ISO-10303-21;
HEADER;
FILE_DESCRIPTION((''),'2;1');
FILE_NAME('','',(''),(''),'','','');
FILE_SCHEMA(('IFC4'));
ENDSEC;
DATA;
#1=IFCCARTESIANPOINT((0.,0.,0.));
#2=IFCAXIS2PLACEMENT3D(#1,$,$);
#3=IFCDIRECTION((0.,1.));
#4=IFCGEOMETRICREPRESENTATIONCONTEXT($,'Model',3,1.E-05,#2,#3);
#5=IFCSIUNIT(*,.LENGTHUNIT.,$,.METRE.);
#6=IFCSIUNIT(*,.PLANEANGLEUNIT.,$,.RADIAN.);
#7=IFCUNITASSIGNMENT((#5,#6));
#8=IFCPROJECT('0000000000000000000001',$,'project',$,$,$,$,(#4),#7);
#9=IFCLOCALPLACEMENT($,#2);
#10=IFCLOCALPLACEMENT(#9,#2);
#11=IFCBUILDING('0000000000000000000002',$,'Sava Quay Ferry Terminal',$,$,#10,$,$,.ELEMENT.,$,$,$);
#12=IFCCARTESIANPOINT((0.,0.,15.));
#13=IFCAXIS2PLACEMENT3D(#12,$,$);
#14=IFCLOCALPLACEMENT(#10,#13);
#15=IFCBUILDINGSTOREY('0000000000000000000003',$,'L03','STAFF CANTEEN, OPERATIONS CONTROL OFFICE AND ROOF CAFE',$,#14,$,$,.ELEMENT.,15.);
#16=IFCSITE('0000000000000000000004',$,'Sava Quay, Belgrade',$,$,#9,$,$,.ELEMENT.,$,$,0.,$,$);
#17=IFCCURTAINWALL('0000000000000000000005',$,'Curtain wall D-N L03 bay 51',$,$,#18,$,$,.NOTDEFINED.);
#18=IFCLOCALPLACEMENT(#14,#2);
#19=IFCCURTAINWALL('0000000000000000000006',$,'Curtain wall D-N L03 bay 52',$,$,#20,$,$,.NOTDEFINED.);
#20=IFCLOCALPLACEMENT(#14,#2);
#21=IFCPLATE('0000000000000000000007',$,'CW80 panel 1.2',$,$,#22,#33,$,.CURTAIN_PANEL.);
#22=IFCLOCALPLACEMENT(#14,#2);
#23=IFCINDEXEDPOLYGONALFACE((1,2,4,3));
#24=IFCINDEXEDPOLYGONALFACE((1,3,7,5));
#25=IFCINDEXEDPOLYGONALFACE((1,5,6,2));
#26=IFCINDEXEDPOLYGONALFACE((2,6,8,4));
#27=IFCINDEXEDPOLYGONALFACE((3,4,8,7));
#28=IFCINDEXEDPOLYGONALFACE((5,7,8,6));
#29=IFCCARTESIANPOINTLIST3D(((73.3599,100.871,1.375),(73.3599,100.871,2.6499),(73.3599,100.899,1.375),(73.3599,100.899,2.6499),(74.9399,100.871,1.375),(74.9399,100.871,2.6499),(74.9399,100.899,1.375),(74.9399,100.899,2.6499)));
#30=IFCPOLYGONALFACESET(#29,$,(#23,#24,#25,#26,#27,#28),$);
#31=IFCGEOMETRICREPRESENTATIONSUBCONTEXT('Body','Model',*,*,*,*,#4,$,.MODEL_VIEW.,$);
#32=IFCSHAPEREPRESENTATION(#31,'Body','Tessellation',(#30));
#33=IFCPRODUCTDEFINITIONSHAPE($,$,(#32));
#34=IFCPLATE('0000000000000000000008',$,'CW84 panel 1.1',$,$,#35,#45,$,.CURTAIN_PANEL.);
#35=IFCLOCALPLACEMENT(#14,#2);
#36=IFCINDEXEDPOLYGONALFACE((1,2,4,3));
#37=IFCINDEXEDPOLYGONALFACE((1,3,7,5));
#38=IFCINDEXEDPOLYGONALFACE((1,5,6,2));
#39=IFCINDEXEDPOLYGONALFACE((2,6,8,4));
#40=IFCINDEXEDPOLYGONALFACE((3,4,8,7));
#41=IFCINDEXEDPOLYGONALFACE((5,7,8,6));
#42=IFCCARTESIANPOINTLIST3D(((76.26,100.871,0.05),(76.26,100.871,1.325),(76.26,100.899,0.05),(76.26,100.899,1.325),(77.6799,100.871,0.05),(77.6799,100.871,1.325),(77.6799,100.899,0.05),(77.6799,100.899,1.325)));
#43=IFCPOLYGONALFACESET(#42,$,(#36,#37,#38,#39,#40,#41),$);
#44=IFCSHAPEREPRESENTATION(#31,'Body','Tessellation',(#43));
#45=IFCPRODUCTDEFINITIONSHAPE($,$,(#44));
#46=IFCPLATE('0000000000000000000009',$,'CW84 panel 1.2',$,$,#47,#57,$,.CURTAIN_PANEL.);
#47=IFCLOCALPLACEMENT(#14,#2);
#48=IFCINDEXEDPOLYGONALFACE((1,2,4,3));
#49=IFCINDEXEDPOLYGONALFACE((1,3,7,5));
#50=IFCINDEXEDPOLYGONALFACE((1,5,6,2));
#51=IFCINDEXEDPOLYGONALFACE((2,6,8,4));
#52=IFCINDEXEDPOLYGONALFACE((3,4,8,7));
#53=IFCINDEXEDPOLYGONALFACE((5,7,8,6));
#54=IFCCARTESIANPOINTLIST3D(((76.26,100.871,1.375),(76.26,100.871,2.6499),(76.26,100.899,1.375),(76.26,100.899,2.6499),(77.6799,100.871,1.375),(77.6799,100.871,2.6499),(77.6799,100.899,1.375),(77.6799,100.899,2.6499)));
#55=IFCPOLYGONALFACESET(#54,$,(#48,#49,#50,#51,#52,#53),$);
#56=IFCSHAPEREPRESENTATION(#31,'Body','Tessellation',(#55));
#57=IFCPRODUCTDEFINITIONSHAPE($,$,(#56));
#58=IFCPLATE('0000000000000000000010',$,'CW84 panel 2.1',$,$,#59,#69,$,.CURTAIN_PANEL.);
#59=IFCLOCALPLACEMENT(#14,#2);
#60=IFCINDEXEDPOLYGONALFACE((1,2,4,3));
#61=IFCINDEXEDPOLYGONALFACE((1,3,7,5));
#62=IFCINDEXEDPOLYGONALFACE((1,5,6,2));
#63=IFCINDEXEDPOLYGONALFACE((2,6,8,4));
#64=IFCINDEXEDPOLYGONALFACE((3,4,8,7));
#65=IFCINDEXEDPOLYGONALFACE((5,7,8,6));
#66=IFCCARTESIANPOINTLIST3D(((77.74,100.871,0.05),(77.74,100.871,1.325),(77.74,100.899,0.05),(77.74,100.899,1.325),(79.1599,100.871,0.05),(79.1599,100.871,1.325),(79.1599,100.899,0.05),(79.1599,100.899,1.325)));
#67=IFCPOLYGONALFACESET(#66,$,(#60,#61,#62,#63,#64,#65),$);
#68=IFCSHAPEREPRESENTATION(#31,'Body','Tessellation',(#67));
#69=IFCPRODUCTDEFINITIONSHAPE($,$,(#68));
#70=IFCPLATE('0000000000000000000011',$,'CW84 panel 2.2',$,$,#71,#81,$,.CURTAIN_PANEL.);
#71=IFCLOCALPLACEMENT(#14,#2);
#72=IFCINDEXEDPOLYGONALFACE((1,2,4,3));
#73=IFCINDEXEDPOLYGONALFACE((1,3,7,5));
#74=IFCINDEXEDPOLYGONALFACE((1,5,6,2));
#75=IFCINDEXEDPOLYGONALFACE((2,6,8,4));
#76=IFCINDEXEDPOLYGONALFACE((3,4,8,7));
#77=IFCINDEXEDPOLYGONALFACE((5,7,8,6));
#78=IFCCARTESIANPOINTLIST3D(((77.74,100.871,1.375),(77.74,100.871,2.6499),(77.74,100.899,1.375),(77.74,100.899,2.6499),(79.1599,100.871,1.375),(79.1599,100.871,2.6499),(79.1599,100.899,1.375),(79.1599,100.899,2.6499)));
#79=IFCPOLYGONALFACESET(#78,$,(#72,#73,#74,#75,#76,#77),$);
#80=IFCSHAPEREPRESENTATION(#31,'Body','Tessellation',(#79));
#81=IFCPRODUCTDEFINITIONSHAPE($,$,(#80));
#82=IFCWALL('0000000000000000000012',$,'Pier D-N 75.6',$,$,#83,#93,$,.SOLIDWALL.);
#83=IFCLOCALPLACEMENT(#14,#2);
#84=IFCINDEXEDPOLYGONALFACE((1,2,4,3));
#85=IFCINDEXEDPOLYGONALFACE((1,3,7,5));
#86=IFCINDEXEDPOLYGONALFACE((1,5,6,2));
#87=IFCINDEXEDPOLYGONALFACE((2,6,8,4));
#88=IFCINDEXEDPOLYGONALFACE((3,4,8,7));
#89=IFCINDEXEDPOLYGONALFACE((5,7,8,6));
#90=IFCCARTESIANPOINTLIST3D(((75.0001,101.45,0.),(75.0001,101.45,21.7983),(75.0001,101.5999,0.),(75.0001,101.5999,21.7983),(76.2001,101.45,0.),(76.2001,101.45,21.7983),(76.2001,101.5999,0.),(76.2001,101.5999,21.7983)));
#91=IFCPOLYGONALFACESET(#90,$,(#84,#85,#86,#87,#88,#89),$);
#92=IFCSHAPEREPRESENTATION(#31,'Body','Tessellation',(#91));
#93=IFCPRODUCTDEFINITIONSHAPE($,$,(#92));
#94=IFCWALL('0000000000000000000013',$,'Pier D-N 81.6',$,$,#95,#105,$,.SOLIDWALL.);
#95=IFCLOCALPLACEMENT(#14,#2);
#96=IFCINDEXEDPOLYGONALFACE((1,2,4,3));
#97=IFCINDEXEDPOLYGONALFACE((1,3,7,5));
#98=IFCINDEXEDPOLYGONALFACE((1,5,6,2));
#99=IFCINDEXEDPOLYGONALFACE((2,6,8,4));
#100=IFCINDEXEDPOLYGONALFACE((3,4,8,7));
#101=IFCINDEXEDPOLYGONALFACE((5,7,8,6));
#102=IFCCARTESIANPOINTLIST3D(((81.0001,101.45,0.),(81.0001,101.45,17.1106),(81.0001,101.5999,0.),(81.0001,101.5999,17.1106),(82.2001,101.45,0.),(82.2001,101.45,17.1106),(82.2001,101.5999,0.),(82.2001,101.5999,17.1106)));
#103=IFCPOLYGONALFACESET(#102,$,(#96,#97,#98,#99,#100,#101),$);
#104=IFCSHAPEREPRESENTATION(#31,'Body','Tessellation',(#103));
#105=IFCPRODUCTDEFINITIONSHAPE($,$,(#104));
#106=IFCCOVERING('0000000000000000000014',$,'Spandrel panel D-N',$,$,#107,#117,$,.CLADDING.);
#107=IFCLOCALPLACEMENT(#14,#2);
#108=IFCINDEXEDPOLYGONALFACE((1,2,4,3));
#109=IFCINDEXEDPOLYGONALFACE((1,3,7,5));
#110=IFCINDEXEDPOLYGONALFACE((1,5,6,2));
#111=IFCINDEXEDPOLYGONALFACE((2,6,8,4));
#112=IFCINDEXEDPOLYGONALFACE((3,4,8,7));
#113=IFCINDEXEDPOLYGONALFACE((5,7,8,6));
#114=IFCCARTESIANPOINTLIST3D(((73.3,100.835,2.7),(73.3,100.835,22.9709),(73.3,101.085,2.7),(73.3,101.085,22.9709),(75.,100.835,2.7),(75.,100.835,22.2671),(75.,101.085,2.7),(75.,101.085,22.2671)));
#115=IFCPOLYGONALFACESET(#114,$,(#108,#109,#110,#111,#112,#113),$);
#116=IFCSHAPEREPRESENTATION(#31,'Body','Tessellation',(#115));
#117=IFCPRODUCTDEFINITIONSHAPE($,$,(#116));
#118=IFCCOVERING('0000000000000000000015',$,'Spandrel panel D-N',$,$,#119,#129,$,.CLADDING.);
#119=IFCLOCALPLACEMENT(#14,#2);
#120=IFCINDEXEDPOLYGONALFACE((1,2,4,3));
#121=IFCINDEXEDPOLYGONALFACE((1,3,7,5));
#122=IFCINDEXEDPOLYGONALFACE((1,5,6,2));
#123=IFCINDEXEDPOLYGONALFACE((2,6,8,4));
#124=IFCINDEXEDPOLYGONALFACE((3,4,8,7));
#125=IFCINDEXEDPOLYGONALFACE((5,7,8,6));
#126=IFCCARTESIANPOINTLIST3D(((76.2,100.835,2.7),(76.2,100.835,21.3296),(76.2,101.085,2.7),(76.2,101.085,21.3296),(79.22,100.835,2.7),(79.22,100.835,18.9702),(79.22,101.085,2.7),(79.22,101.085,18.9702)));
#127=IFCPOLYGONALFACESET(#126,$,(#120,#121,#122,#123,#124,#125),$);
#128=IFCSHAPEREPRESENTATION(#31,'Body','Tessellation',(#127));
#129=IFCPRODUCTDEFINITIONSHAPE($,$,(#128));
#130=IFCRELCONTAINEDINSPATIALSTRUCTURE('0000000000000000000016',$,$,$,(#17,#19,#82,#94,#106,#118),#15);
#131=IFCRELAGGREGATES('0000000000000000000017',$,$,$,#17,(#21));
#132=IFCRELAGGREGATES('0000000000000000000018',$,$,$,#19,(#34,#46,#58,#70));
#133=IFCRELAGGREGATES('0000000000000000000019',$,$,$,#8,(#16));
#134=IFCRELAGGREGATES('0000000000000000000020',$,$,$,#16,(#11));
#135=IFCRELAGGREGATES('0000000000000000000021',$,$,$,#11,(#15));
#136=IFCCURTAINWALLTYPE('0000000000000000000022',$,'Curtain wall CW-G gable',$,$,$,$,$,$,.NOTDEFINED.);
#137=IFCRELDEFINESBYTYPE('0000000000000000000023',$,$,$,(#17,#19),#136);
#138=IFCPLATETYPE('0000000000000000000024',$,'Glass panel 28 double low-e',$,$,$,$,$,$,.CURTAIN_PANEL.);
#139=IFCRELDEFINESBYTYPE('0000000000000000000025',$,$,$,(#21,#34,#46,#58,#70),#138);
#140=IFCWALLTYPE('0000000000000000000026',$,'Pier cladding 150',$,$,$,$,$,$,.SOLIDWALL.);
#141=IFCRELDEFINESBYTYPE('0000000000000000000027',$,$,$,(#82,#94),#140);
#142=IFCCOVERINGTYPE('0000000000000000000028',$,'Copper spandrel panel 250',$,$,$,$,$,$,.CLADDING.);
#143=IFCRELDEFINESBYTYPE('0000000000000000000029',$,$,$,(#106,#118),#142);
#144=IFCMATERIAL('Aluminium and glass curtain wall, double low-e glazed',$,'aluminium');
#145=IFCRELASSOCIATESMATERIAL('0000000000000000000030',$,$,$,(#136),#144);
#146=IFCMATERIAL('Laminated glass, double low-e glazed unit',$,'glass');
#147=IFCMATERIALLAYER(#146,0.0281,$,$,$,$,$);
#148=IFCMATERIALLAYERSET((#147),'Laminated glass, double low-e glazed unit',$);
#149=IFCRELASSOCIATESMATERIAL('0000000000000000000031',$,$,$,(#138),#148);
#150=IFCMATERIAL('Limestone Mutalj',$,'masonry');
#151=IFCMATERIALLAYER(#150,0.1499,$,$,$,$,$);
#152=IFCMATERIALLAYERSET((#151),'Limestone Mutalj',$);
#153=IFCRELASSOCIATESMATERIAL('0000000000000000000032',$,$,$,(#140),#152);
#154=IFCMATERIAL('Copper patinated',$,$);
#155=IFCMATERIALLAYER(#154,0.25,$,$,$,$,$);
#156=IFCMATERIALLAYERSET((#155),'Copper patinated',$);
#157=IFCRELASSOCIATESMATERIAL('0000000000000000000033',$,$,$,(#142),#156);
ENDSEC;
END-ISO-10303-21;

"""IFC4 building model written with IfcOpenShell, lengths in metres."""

from ifc_helpers import new_model, si_unit, direction, frame, frame_2d, origin, origin_2d, place, context, subcontext, project, spatial, polyline, rectangle, outline, extrude, material, layer, layer_set, type_object, element, aggregate, save


model = new_model("IFC4")

# Units and contexts
model_context = context("Model", 3, precision=1e-05, world=origin(), true_north=direction((0.0, 1.0)))
body_context = subcontext(model_context, "Body", "Model", "MODEL_VIEW")
ifc_project = project(units=[si_unit("LENGTHUNIT", "METRE"), si_unit("PLANEANGLEUNIT", "RADIAN")], contexts=[model_context])

# Site, building, storey
site_placement = place(None, origin())
site = spatial("IfcSite", under=ifc_project, at=site_placement, Name="Sava Quay, Belgrade", CompositionType="ELEMENT", RefElevation=0.0)
building_placement = place(site_placement, origin())
building = spatial("IfcBuilding", under=site, at=building_placement, Name="Sava Quay Ferry Terminal", CompositionType="ELEMENT")
storey_placement = place(building_placement, frame((0.0, 0.0, 15.0)))
storey = spatial("IfcBuildingStorey", under=building, at=storey_placement, Name="L03", Description="STAFF CANTEEN, OPERATIONS CONTROL OFFICE AND ROOF CAFE", CompositionType="ELEMENT", Elevation=15.0)

# Curtain walls
ifc_material_1 = material(Name="Aluminium and glass curtain wall, double low-e glazed", Category="aluminium")
curtain_wall_type = type_object("IfcCurtainWallType", Name="Curtain wall CW-G gable", PredefinedType="NOTDEFINED", material=ifc_material_1)
curtain_wall_1_placement = place(storey_placement, origin())
curtain_wall_1 = element("IfcCurtainWall", 1, at=curtain_wall_1_placement, inside=storey, type_object=curtain_wall_type, Name="Curtain wall D-N L03 bay 51", PredefinedType="NOTDEFINED")
curtain_wall_2_placement = place(storey_placement, origin())
curtain_wall_2 = element("IfcCurtainWall", 2, at=curtain_wall_2_placement, inside=storey, type_object=curtain_wall_type, Name="Curtain wall D-N L03 bay 52", PredefinedType="NOTDEFINED")

# Plates
ifc_material_2 = material(Name="Laminated glass, double low-e glazed unit", Category="glass")
ifc_layer_1 = layer(ifc_material_2, 0.0281)
ifc_layer_set_1 = layer_set([ifc_layer_1], Name="Laminated glass, double low-e glazed unit")
plate_type = type_object("IfcPlateType", Name="Glass panel 28 double low-e", PredefinedType="CURTAIN_PANEL", material=ifc_layer_set_1)
plate_1_placement = place(storey_placement, frame((74.1499, 100.885, 1.375), z_axis=(0.0, 0.0, 1.0), x_axis=(1.0, 0.0, 0.0)))
plate_1 = element("IfcPlate", 3, at=plate_1_placement, type_object=plate_type, Name="CW80 panel 1.2", PredefinedType="CURTAIN_PANEL", context=body_context, shape_type="SweptSolid", body=[
    extrude(rectangle(XDim=1.5801, YDim=0.0281, at=origin_2d()), origin(), (0.0, 0.0, 1.0), 1.2749),
])
aggregate(curtain_wall_1, [plate_1])
plate_2_placement = place(storey_placement, frame((76.97, 100.885, 0.05), z_axis=(0.0, 0.0, 1.0), x_axis=(1.0, 0.0, 0.0)))
plate_2 = element("IfcPlate", 4, at=plate_2_placement, type_object=plate_type, Name="CW84 panel 1.1", PredefinedType="CURTAIN_PANEL", context=body_context, shape_type="SweptSolid", body=[
    extrude(rectangle(XDim=1.4199, YDim=0.0281, at=origin_2d()), origin(), (0.0, 0.0, 1.0), 1.2749),
])
plate_3_placement = place(storey_placement, frame((76.97, 100.885, 1.375), z_axis=(0.0, 0.0, 1.0), x_axis=(1.0, 0.0, 0.0)))
plate_3 = element("IfcPlate", 5, at=plate_3_placement, type_object=plate_type, Name="CW84 panel 1.2", PredefinedType="CURTAIN_PANEL", context=body_context, shape_type="SweptSolid", body=[
    extrude(rectangle(XDim=1.4199, YDim=0.0281, at=origin_2d()), origin(), (0.0, 0.0, 1.0), 1.2749),
])
plate_4_placement = place(storey_placement, frame((78.45, 100.885, 0.05), z_axis=(0.0, 0.0, 1.0), x_axis=(1.0, 0.0, 0.0)))
plate_4 = element("IfcPlate", 6, at=plate_4_placement, type_object=plate_type, Name="CW84 panel 2.1", PredefinedType="CURTAIN_PANEL", context=body_context, shape_type="SweptSolid", body=[
    extrude(rectangle(XDim=1.4199, YDim=0.0281, at=origin_2d()), origin(), (0.0, 0.0, 1.0), 1.2749),
])
plate_5_placement = place(storey_placement, frame((78.45, 100.885, 1.375), z_axis=(0.0, 0.0, 1.0), x_axis=(1.0, 0.0, 0.0)))
plate_5 = element("IfcPlate", 7, at=plate_5_placement, type_object=plate_type, Name="CW84 panel 2.2", PredefinedType="CURTAIN_PANEL", context=body_context, shape_type="SweptSolid", body=[
    extrude(rectangle(XDim=1.4199, YDim=0.0281, at=origin_2d()), origin(), (0.0, 0.0, 1.0), 1.2749),
])
aggregate(curtain_wall_2, [plate_2, plate_3, plate_4, plate_5])

# Walls
ifc_material_3 = material(Name="Limestone Mutalj", Category="masonry")
ifc_layer_2 = layer(ifc_material_3, 0.1499)
ifc_layer_set_2 = layer_set([ifc_layer_2], Name="Limestone Mutalj")
wall_type = type_object("IfcWallType", Name="Pier cladding 150", PredefinedType="SOLIDWALL", material=ifc_layer_set_2)
wall_1_placement = place(storey_placement, frame((75.0, 101.5249, 0.0), z_axis=(0.0, 0.0, 1.0), x_axis=(1.0, 0.0, 0.0)))
element("IfcWall", 8, at=wall_1_placement, inside=storey, type_object=wall_type, Name="Pier D-N 75.6", PredefinedType="SOLIDWALL", context=body_context, shape_type="SweptSolid", body=[
    extrude(rectangle(XDim=1.2, YDim=0.1499, at=frame_2d((0.6001, 0.0))), origin(), (0.0, 0.0, 1.0), 21.7983),
])
wall_2_placement = place(storey_placement, frame((81.0, 101.5249, 0.0), z_axis=(0.0, 0.0, 1.0), x_axis=(1.0, 0.0, 0.0)))
element("IfcWall", 9, at=wall_2_placement, inside=storey, type_object=wall_type, Name="Pier D-N 81.6", PredefinedType="SOLIDWALL", context=body_context, shape_type="SweptSolid", body=[
    extrude(rectangle(XDim=1.2, YDim=0.1499, at=frame_2d((0.6001, 0.0))), origin(), (0.0, 0.0, 1.0), 17.1106),
])

# Coverings
ifc_material_4 = material(Name="Copper patinated")
ifc_layer_3 = layer(ifc_material_4, 0.25)
ifc_layer_set_3 = layer_set([ifc_layer_3], Name="Copper patinated")
covering_type = type_object("IfcCoveringType", Name="Copper spandrel panel 250", PredefinedType="CLADDING", material=ifc_layer_set_3)
covering_1_placement = place(storey_placement, frame((73.3, 100.96, 2.7), z_axis=(0.0, 0.0, 1.0), x_axis=(1.0, 0.0, 0.0)))
element("IfcCovering", 10, at=covering_1_placement, inside=storey, type_object=covering_type, Name="Spandrel panel D-N", PredefinedType="CLADDING", context=body_context, shape_type="SweptSolid", body=[
    extrude(outline(polyline([(0.0, 0.0), (1.7, 0.0), (1.7, 19.5671), (0.0, 20.271), (0.0, 0.0)])), frame((0.0, 0.125, 0.0), z_axis=(0.0, -1.0, 0.0), x_axis=(1.0, 0.0, 0.0)), (0.0, 0.0, 1.0), 0.25),
])
covering_2_placement = place(storey_placement, frame((76.2, 100.96, 2.7), z_axis=(0.0, 0.0, 1.0), x_axis=(1.0, 0.0, 0.0)))
element("IfcCovering", 11, at=covering_2_placement, inside=storey, type_object=covering_type, Name="Spandrel panel D-N", PredefinedType="CLADDING", context=body_context, shape_type="SweptSolid", body=[
    extrude(outline(polyline([(0.0, 0.0), (3.02, 0.0), (3.02, 16.2703), (0.0, 18.6296), (0.0, 0.0)])), frame((0.0, 0.125, 0.0), z_axis=(0.0, -1.0, 0.0), x_axis=(1.0, 0.0, 0.0)), (0.0, 0.0, 1.0), 0.25),
])

save(model, "model.ifc")
